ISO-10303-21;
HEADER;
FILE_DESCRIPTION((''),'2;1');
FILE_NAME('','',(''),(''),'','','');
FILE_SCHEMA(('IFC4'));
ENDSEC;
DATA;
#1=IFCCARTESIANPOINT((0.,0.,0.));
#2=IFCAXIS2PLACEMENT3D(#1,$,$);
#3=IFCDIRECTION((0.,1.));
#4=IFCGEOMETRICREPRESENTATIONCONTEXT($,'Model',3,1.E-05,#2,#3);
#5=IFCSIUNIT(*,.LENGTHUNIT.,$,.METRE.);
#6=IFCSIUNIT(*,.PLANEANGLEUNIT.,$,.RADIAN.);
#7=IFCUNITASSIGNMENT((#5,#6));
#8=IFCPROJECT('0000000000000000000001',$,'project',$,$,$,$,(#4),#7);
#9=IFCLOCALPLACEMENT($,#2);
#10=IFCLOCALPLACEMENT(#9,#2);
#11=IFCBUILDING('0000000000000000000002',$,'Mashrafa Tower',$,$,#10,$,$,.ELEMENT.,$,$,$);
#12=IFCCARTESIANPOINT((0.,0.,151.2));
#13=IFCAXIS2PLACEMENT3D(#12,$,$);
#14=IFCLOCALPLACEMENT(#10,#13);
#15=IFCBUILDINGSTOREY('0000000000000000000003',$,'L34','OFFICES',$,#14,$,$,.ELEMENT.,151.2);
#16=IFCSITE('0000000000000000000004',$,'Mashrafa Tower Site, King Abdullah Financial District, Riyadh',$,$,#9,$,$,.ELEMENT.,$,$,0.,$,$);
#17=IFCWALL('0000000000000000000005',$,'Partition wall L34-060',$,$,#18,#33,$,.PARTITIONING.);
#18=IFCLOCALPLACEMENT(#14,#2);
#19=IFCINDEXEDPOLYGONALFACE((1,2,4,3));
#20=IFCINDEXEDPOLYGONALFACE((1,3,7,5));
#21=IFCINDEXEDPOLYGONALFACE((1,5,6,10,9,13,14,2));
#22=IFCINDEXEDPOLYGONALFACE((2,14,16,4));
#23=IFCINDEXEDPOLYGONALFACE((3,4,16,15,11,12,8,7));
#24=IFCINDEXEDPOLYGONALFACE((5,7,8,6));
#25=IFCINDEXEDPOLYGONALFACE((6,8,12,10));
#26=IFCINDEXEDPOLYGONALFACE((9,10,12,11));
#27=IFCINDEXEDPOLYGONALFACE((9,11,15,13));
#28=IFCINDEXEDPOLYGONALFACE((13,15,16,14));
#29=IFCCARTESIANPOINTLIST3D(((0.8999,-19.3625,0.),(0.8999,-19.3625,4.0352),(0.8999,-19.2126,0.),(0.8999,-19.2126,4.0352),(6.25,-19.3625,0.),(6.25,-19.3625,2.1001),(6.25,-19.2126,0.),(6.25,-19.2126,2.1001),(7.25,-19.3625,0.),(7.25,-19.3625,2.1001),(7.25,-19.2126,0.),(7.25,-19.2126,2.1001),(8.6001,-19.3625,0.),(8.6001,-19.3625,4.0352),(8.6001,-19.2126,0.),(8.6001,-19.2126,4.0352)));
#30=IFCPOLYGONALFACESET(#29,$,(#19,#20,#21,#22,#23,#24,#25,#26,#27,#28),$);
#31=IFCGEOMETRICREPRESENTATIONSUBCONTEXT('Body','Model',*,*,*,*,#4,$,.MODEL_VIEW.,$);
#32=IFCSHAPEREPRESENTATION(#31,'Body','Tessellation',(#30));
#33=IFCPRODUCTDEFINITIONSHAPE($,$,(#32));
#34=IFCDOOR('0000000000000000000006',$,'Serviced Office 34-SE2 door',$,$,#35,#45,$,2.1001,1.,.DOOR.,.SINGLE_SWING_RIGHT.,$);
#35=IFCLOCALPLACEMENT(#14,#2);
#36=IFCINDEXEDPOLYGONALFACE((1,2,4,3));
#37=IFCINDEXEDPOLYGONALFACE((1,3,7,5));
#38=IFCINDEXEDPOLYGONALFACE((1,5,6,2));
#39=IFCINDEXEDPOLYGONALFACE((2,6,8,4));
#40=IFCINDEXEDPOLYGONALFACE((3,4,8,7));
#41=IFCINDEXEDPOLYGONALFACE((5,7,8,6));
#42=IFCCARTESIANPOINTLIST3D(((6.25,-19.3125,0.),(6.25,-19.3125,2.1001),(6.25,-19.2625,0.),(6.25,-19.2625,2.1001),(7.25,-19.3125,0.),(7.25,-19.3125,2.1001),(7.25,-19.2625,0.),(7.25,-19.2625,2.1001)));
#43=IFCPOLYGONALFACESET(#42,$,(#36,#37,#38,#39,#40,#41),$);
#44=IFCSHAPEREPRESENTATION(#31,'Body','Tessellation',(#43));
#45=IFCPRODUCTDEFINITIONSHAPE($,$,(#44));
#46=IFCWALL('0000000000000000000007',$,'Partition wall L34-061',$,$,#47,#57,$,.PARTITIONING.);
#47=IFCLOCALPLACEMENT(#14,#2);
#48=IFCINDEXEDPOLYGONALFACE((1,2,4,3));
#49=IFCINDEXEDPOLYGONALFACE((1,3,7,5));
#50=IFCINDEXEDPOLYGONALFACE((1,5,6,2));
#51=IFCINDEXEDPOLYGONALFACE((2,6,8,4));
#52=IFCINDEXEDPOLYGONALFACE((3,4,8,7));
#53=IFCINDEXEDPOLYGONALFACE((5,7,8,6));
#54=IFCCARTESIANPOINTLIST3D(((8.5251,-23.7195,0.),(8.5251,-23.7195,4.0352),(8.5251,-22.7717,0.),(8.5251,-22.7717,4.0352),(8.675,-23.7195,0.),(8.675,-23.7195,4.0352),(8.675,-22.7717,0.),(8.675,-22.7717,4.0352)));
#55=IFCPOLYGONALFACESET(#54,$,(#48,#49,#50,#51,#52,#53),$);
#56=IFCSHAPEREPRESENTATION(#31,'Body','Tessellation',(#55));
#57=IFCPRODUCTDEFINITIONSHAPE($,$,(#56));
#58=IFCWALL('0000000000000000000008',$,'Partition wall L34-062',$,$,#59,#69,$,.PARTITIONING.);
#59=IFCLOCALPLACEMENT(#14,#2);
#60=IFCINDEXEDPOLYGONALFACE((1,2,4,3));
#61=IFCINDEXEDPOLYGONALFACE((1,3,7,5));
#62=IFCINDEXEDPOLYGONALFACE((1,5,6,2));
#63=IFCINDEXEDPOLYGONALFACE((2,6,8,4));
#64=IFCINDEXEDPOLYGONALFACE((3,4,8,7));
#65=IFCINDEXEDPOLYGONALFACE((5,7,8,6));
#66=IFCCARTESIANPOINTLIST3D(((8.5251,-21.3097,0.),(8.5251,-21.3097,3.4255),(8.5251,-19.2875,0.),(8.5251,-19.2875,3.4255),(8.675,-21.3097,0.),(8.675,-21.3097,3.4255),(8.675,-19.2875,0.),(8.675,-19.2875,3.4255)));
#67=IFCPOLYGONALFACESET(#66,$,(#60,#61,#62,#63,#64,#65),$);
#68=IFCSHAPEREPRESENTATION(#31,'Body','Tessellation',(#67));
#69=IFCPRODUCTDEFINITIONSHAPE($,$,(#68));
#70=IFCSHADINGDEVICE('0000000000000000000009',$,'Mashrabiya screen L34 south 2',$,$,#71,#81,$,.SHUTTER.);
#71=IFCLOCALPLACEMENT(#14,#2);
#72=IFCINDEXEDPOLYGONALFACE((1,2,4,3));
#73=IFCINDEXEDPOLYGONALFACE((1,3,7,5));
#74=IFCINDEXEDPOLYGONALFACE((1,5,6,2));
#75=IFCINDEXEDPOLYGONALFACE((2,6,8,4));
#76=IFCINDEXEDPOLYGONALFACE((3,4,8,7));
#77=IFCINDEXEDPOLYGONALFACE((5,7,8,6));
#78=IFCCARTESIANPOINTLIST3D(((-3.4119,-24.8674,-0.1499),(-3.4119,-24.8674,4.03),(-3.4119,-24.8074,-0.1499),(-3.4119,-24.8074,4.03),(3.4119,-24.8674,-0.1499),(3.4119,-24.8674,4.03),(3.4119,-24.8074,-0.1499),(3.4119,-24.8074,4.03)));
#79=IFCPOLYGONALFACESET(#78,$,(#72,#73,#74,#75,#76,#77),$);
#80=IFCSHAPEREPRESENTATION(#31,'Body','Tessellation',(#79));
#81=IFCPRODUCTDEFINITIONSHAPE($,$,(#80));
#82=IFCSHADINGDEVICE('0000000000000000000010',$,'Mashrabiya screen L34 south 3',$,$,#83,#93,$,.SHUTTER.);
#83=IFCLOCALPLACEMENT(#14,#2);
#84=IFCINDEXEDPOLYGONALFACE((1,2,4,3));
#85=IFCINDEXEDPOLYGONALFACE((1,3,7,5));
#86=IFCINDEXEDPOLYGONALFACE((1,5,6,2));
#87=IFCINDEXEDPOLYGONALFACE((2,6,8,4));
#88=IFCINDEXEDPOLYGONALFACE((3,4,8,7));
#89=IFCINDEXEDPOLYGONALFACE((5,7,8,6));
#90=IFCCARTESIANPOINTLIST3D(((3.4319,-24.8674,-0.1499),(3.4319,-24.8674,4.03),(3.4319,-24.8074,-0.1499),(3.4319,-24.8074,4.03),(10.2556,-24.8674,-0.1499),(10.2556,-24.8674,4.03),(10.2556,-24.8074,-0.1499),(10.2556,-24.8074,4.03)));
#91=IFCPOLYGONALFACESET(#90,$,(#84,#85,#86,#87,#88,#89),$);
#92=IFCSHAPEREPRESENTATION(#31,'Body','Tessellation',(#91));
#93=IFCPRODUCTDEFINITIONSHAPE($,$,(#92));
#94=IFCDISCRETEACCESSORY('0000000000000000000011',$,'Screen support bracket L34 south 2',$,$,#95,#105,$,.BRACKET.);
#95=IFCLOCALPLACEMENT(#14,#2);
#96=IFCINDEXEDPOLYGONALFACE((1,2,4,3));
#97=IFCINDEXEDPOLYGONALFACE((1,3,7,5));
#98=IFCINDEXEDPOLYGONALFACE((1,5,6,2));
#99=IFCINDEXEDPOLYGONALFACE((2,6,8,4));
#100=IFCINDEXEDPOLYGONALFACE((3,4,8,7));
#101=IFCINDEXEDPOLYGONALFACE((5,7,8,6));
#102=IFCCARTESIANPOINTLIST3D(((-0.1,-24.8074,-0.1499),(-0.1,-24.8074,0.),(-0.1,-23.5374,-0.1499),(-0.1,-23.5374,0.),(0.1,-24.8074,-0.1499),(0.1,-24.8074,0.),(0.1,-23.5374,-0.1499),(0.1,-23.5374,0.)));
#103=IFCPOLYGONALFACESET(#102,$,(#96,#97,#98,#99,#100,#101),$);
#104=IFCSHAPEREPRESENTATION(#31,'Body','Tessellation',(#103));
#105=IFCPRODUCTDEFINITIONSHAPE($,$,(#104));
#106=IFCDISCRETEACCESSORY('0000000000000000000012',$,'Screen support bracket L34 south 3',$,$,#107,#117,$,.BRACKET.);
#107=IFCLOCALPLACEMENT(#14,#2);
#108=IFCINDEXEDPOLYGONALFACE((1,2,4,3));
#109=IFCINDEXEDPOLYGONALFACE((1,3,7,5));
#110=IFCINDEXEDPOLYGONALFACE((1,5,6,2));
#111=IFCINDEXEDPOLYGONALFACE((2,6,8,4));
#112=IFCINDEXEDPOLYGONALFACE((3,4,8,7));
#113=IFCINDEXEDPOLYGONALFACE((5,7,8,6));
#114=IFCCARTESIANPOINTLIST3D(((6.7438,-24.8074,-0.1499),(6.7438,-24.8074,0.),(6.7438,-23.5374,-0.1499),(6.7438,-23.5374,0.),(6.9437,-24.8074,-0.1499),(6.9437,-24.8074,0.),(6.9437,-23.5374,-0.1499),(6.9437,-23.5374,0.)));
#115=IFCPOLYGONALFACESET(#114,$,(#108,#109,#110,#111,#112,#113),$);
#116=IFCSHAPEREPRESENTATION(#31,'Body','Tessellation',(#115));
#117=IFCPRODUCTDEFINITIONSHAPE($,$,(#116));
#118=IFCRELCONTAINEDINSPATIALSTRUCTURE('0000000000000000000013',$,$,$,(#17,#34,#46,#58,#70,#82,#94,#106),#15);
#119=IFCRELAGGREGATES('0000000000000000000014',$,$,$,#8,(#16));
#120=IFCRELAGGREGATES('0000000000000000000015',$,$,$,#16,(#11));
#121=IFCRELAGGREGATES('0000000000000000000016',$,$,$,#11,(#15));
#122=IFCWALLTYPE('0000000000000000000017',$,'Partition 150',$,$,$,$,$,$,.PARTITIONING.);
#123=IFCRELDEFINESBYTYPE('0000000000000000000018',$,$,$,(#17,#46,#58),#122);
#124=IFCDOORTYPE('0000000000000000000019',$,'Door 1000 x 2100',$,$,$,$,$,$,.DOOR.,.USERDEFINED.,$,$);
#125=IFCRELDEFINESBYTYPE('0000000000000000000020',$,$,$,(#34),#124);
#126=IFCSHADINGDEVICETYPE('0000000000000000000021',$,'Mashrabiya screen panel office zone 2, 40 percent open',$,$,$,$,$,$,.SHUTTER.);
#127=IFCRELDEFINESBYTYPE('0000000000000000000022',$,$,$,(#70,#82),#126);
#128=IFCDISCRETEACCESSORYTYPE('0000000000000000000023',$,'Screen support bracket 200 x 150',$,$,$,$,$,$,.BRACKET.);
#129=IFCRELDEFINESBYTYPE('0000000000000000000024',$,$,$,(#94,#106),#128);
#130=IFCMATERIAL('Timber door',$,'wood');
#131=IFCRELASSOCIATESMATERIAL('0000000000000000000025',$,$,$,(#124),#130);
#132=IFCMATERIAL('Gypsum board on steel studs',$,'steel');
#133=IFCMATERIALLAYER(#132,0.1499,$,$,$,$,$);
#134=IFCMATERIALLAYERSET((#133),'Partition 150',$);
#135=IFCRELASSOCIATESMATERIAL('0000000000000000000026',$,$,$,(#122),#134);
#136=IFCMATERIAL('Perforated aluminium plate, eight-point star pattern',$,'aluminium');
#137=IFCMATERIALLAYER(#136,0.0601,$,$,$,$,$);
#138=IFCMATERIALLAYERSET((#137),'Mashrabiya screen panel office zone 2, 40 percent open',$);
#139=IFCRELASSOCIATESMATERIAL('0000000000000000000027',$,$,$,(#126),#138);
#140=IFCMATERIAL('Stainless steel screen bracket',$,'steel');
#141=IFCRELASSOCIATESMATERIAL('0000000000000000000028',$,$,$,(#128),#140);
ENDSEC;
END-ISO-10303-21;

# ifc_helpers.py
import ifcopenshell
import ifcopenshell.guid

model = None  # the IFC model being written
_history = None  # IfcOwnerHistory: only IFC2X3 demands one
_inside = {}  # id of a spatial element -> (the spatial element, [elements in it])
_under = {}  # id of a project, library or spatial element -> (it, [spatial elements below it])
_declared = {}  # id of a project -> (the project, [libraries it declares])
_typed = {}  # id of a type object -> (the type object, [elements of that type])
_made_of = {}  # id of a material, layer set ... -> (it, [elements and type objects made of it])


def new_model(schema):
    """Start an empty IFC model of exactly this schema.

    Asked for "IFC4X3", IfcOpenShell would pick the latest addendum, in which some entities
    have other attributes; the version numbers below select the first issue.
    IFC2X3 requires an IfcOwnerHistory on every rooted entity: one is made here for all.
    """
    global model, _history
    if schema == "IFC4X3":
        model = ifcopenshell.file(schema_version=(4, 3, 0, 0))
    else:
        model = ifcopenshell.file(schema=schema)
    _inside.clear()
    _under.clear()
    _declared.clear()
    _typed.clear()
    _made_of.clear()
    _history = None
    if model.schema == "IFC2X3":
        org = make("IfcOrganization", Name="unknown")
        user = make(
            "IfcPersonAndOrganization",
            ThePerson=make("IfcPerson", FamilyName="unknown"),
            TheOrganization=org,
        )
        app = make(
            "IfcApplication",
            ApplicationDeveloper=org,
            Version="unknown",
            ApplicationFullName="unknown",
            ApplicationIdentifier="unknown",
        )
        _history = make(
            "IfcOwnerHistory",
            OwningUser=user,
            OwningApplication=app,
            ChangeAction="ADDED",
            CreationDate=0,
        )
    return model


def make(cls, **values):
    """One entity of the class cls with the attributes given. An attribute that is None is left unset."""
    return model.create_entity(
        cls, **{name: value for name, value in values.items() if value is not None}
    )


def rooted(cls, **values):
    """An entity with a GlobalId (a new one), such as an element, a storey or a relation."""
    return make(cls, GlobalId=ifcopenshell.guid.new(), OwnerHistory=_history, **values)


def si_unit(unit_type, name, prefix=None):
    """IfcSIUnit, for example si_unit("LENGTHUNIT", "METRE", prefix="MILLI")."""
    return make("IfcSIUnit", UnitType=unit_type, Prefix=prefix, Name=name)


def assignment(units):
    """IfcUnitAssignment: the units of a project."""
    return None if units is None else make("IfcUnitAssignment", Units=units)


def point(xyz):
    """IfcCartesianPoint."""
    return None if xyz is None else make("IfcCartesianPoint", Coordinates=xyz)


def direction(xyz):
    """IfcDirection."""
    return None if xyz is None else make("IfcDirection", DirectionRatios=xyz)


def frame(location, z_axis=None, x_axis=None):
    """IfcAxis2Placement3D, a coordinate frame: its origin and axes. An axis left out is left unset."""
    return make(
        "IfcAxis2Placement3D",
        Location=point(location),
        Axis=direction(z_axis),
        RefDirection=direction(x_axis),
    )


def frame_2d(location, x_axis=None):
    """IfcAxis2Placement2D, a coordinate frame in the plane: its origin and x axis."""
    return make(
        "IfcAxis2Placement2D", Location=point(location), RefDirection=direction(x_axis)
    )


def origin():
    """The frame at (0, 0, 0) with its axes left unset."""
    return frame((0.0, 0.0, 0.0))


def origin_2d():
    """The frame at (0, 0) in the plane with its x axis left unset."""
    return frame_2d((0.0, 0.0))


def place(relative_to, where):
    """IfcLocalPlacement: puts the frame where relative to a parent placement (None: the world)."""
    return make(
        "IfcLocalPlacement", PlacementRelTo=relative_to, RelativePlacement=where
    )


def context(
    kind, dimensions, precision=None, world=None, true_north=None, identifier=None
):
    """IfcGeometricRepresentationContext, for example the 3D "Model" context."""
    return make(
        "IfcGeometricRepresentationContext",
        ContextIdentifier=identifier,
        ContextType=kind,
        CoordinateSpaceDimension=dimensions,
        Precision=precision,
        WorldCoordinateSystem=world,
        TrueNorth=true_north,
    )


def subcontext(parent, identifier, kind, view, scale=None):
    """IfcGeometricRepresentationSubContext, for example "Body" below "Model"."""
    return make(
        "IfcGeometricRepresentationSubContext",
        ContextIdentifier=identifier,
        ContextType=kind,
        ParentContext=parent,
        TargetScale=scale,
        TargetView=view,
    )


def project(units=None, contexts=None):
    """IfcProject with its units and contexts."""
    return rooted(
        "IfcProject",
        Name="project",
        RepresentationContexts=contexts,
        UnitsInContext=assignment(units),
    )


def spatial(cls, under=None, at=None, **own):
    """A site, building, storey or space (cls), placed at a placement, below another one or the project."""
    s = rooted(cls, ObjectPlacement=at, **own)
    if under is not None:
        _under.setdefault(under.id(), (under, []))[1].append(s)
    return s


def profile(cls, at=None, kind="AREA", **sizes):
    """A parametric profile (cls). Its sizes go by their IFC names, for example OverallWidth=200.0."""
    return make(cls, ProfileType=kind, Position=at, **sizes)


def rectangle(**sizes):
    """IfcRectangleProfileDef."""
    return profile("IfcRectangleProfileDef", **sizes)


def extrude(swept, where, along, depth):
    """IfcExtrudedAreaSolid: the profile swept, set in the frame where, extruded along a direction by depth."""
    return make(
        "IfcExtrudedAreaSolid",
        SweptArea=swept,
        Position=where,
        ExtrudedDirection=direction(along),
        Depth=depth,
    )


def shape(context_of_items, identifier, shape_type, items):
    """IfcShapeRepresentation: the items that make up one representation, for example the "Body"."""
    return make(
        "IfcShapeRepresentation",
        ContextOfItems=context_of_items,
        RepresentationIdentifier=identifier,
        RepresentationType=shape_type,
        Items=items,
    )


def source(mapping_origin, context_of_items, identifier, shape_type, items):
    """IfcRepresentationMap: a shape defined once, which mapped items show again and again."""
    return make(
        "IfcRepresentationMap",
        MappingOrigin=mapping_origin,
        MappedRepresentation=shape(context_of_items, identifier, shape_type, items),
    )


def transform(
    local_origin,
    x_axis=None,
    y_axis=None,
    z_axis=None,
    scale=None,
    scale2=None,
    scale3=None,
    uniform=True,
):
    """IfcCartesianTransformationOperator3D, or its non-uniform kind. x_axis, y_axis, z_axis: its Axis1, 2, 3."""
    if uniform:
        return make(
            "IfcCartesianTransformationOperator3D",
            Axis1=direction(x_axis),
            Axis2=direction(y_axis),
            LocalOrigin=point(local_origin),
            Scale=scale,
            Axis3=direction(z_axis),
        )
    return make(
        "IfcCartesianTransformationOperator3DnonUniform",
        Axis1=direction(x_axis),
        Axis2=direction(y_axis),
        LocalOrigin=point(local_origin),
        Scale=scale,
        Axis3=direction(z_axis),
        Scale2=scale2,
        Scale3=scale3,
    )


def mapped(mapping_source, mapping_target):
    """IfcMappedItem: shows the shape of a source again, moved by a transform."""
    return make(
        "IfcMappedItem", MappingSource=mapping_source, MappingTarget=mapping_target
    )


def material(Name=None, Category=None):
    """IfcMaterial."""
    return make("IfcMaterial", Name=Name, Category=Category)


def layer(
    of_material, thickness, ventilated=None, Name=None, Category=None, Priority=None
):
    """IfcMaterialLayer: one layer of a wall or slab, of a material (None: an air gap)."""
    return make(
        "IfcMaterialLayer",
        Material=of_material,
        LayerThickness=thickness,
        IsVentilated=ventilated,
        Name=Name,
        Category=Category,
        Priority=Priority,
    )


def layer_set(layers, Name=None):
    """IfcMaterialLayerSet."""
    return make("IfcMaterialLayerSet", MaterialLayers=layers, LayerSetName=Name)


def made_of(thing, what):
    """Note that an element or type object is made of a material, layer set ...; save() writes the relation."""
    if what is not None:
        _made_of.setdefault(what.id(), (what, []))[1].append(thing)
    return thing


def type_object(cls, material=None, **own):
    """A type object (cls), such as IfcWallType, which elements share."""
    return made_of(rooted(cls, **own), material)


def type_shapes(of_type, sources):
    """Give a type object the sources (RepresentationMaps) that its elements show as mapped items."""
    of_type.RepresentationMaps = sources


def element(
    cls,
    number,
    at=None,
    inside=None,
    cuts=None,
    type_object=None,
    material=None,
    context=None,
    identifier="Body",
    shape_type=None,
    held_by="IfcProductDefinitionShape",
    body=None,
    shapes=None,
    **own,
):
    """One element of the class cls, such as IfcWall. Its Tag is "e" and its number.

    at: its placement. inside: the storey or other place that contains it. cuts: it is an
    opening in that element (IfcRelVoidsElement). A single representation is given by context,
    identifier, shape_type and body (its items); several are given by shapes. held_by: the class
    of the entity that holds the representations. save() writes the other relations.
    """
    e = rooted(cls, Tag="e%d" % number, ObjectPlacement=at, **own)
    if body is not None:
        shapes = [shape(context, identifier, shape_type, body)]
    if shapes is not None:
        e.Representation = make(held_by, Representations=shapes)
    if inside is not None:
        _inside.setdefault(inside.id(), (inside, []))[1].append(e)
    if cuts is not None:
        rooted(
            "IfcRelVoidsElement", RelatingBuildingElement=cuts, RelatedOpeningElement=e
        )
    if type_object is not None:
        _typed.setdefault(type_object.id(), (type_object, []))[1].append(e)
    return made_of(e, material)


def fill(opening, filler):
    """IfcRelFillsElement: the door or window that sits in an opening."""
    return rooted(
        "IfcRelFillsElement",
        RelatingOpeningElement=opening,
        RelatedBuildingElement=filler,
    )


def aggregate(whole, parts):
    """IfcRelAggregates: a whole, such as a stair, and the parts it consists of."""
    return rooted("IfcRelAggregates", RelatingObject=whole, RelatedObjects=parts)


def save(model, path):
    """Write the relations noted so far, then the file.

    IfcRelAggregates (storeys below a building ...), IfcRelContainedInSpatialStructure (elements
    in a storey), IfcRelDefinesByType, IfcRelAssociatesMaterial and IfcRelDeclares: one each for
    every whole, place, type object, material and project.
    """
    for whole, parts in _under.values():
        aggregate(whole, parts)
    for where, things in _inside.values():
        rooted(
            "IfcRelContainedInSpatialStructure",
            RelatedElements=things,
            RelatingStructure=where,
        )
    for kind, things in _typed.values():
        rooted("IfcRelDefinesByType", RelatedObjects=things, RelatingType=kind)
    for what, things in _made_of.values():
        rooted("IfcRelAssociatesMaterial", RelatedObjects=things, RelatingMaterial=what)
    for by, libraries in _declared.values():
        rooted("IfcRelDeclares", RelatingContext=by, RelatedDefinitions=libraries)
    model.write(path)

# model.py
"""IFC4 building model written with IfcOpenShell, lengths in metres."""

from ifc_helpers import new_model, si_unit, direction, frame, frame_2d, origin, origin_2d, place, context, subcontext, project, spatial, rectangle, extrude, source, transform, mapped, material, layer, layer_set, type_object, type_shapes, element, fill, save


model = new_model("IFC4")

# Units and contexts
model_context = context("Model", 3, precision=1e-05, world=origin(), true_north=direction((0.0, 1.0)))
body_context = subcontext(model_context, "Body", "Model", "MODEL_VIEW")
ifc_project = project(units=[si_unit("LENGTHUNIT", "METRE"), si_unit("PLANEANGLEUNIT", "RADIAN")], contexts=[model_context])

# Site, building, storey
site_placement = place(None, origin())
site = spatial("IfcSite", under=ifc_project, at=site_placement, Name="Mashrafa Tower Site, King Abdullah Financial District, Riyadh", CompositionType="ELEMENT", RefElevation=0.0)
building_placement = place(site_placement, origin())
building = spatial("IfcBuilding", under=site, at=building_placement, Name="Mashrafa Tower", CompositionType="ELEMENT")
storey_placement = place(building_placement, frame((0.0, 0.0, 151.2)))
storey = spatial("IfcBuildingStorey", under=building, at=storey_placement, Name="L34", Description="OFFICES", CompositionType="ELEMENT", Elevation=151.2)

# Shared definitions
ifc_material_1 = material(Name="Timber door", Category="wood")
door_type = type_object("IfcDoorType", Name="Door 1000 x 2100", OperationType="USERDEFINED", PredefinedType="DOOR", material=ifc_material_1)

# Shared definitions
ifc_material_2 = material(Name="Gypsum board on steel studs", Category="steel")
ifc_layer_1 = layer(ifc_material_2, 0.1499)
ifc_layer_set_1 = layer_set([ifc_layer_1], Name="Partition 150")
wall_type_1 = type_object("IfcWallType", Name="Partition 150", PredefinedType="PARTITIONING", material=ifc_layer_set_1)

# Wall, opening, door
wall_1_placement = place(storey_placement, frame((0.8999, -19.2876, 0.0), z_axis=(0.0, 0.0, 1.0), x_axis=(1.0, 0.0, 0.0)))
wall_1 = element("IfcWall", 1, at=wall_1_placement, inside=storey, type_object=wall_type_1, Name="Partition wall L34-060", PredefinedType="PARTITIONING", context=body_context, shape_type="SweptSolid", body=[
    extrude(rectangle(XDim=7.7002, YDim=0.1499, at=frame_2d((3.8501, 0.0))), origin(), (0.0, 0.0, 1.0), 4.0352),
])
opening_1_placement = place(wall_1_placement, frame((5.3501, 0.0, 0.0)))
opening_1 = element("IfcOpeningElement", 2, at=opening_1_placement, cuts=wall_1, PredefinedType="OPENING", context=body_context, shape_type="SweptSolid", body=[
    extrude(rectangle(XDim=1.0, YDim=2.1001, at=frame_2d((0.5, 1.05))), frame((0.0, 0.085, 0.0), z_axis=(0.0, -1.0, 0.0), x_axis=(1.0, 0.0, 0.0)), (0.0, 0.0, 1.0), 0.1699),
])
door_1_placement = place(opening_1_placement, frame((1.0, 0.0, 0.0), z_axis=(0.0, 0.0, 1.0), x_axis=(-1.0, 0.0, 0.0)))
door_1 = element("IfcDoor", 3, at=door_1_placement, inside=storey, type_object=door_type, Name="Serviced Office 34-SE2 door", OperationType="SINGLE_SWING_RIGHT", OverallHeight=2.1001, OverallWidth=1.0, PredefinedType="DOOR", context=body_context, shape_type="SweptSolid", body=[
    extrude(rectangle(XDim=1.0, YDim=2.1001, at=frame_2d((0.5, 1.05))), frame((0.0, 0.0249, 0.0), z_axis=(0.0, -1.0, 0.0), x_axis=(1.0, 0.0, 0.0)), (0.0, 0.0, 1.0), 0.05),
])
fill(opening_1, door_1)

# Walls
wall_2_placement = place(storey_placement, frame((8.6001, -23.7195, 0.0), z_axis=(0.0, 0.0, 1.0), x_axis=(0.0, 1.0, 0.0)))
element("IfcWall", 4, at=wall_2_placement, inside=storey, type_object=wall_type_1, Name="Partition wall L34-061", PredefinedType="PARTITIONING", context=body_context, shape_type="SweptSolid", body=[
    extrude(rectangle(XDim=0.9478, YDim=0.1499, at=frame_2d((0.4739, 0.0))), origin(), (0.0, 0.0, 1.0), 4.0352),
])
wall_3_placement = place(storey_placement, frame((8.6001, -21.3098, 0.0), z_axis=(0.0, 0.0, 1.0), x_axis=(0.0, 1.0, 0.0)))
element("IfcWall", 5, at=wall_3_placement, inside=storey, type_object=wall_type_1, Name="Partition wall L34-062", PredefinedType="PARTITIONING", context=body_context, shape_type="SweptSolid", body=[
    extrude(rectangle(XDim=2.0222, YDim=0.1499, at=frame_2d((1.0112, 0.0))), origin(), (0.0, 0.0, 1.0), 3.4255),
])

# Shading devices
ifc_material_3 = material(Name="Perforated aluminium plate, eight-point star pattern", Category="aluminium")
ifc_layer_2 = layer(ifc_material_3, 0.0601)
ifc_layer_set_2 = layer_set([ifc_layer_2], Name="Mashrabiya screen panel office zone 2, 40 percent open")
shading_device_type = type_object("IfcShadingDeviceType", Name="Mashrabiya screen panel office zone 2, 40 percent open", PredefinedType="SHUTTER", material=ifc_layer_set_2)
shared_shape_1 = source(origin(), body_context, "Body", "SweptSolid", [
    extrude(rectangle(XDim=6.8237, YDim=0.0601, at=origin_2d()), origin(), (0.0, 0.0, 1.0), 4.1799),
])
type_shapes(shading_device_type, [shared_shape_1])
for number, where, z_axis, x_axis, name in (
    (6, (0.0, -24.8374, -0.1499), (0.0, 0.0, 1.0), (1.0, 0.0, 0.0), "Mashrabiya screen L34 south 2"),
    (7, (6.8438, -24.8374, -0.1499), (0.0, 0.0, 1.0), (1.0, 0.0, 0.0), "Mashrabiya screen L34 south 3"),
):
    element("IfcShadingDevice", number, at=place(storey_placement, frame(where, z_axis=z_axis, x_axis=x_axis)), inside=storey, type_object=shading_device_type, Name=name, PredefinedType="SHUTTER", context=body_context, shape_type="MappedRepresentation", body=[
        mapped(shared_shape_1, transform((0.0, 0.0, 0.0))),
    ])

# Discrete accessories
ifc_material_4 = material(Name="Stainless steel screen bracket", Category="steel")
discrete_accessory_type = type_object("IfcDiscreteAccessoryType", Name="Screen support bracket 200 x 150", PredefinedType="BRACKET", material=ifc_material_4)
shared_shape_2 = source(origin(), body_context, "Body", "SweptSolid", [
    extrude(rectangle(XDim=0.2, YDim=1.27, at=origin_2d()), origin(), (0.0, 0.0, 1.0), 0.1499),
])
type_shapes(discrete_accessory_type, [shared_shape_2])
for number, where, z_axis, x_axis, name in (
    (8, (0.0, -24.1724, -0.1499), (0.0, 0.0, 1.0), (1.0, 0.0, 0.0), "Screen support bracket L34 south 2"),
    (9, (6.8438, -24.1724, -0.1499), (0.0, 0.0, 1.0), (1.0, 0.0, 0.0), "Screen support bracket L34 south 3"),
):
    element("IfcDiscreteAccessory", number, at=place(storey_placement, frame(where, z_axis=z_axis, x_axis=x_axis)), inside=storey, type_object=discrete_accessory_type, Name=name, PredefinedType="BRACKET", context=body_context, shape_type="MappedRepresentation", body=[
        mapped(shared_shape_2, transform((0.0, 0.0, 0.0))),
    ])

save(model, "model.ifc")
